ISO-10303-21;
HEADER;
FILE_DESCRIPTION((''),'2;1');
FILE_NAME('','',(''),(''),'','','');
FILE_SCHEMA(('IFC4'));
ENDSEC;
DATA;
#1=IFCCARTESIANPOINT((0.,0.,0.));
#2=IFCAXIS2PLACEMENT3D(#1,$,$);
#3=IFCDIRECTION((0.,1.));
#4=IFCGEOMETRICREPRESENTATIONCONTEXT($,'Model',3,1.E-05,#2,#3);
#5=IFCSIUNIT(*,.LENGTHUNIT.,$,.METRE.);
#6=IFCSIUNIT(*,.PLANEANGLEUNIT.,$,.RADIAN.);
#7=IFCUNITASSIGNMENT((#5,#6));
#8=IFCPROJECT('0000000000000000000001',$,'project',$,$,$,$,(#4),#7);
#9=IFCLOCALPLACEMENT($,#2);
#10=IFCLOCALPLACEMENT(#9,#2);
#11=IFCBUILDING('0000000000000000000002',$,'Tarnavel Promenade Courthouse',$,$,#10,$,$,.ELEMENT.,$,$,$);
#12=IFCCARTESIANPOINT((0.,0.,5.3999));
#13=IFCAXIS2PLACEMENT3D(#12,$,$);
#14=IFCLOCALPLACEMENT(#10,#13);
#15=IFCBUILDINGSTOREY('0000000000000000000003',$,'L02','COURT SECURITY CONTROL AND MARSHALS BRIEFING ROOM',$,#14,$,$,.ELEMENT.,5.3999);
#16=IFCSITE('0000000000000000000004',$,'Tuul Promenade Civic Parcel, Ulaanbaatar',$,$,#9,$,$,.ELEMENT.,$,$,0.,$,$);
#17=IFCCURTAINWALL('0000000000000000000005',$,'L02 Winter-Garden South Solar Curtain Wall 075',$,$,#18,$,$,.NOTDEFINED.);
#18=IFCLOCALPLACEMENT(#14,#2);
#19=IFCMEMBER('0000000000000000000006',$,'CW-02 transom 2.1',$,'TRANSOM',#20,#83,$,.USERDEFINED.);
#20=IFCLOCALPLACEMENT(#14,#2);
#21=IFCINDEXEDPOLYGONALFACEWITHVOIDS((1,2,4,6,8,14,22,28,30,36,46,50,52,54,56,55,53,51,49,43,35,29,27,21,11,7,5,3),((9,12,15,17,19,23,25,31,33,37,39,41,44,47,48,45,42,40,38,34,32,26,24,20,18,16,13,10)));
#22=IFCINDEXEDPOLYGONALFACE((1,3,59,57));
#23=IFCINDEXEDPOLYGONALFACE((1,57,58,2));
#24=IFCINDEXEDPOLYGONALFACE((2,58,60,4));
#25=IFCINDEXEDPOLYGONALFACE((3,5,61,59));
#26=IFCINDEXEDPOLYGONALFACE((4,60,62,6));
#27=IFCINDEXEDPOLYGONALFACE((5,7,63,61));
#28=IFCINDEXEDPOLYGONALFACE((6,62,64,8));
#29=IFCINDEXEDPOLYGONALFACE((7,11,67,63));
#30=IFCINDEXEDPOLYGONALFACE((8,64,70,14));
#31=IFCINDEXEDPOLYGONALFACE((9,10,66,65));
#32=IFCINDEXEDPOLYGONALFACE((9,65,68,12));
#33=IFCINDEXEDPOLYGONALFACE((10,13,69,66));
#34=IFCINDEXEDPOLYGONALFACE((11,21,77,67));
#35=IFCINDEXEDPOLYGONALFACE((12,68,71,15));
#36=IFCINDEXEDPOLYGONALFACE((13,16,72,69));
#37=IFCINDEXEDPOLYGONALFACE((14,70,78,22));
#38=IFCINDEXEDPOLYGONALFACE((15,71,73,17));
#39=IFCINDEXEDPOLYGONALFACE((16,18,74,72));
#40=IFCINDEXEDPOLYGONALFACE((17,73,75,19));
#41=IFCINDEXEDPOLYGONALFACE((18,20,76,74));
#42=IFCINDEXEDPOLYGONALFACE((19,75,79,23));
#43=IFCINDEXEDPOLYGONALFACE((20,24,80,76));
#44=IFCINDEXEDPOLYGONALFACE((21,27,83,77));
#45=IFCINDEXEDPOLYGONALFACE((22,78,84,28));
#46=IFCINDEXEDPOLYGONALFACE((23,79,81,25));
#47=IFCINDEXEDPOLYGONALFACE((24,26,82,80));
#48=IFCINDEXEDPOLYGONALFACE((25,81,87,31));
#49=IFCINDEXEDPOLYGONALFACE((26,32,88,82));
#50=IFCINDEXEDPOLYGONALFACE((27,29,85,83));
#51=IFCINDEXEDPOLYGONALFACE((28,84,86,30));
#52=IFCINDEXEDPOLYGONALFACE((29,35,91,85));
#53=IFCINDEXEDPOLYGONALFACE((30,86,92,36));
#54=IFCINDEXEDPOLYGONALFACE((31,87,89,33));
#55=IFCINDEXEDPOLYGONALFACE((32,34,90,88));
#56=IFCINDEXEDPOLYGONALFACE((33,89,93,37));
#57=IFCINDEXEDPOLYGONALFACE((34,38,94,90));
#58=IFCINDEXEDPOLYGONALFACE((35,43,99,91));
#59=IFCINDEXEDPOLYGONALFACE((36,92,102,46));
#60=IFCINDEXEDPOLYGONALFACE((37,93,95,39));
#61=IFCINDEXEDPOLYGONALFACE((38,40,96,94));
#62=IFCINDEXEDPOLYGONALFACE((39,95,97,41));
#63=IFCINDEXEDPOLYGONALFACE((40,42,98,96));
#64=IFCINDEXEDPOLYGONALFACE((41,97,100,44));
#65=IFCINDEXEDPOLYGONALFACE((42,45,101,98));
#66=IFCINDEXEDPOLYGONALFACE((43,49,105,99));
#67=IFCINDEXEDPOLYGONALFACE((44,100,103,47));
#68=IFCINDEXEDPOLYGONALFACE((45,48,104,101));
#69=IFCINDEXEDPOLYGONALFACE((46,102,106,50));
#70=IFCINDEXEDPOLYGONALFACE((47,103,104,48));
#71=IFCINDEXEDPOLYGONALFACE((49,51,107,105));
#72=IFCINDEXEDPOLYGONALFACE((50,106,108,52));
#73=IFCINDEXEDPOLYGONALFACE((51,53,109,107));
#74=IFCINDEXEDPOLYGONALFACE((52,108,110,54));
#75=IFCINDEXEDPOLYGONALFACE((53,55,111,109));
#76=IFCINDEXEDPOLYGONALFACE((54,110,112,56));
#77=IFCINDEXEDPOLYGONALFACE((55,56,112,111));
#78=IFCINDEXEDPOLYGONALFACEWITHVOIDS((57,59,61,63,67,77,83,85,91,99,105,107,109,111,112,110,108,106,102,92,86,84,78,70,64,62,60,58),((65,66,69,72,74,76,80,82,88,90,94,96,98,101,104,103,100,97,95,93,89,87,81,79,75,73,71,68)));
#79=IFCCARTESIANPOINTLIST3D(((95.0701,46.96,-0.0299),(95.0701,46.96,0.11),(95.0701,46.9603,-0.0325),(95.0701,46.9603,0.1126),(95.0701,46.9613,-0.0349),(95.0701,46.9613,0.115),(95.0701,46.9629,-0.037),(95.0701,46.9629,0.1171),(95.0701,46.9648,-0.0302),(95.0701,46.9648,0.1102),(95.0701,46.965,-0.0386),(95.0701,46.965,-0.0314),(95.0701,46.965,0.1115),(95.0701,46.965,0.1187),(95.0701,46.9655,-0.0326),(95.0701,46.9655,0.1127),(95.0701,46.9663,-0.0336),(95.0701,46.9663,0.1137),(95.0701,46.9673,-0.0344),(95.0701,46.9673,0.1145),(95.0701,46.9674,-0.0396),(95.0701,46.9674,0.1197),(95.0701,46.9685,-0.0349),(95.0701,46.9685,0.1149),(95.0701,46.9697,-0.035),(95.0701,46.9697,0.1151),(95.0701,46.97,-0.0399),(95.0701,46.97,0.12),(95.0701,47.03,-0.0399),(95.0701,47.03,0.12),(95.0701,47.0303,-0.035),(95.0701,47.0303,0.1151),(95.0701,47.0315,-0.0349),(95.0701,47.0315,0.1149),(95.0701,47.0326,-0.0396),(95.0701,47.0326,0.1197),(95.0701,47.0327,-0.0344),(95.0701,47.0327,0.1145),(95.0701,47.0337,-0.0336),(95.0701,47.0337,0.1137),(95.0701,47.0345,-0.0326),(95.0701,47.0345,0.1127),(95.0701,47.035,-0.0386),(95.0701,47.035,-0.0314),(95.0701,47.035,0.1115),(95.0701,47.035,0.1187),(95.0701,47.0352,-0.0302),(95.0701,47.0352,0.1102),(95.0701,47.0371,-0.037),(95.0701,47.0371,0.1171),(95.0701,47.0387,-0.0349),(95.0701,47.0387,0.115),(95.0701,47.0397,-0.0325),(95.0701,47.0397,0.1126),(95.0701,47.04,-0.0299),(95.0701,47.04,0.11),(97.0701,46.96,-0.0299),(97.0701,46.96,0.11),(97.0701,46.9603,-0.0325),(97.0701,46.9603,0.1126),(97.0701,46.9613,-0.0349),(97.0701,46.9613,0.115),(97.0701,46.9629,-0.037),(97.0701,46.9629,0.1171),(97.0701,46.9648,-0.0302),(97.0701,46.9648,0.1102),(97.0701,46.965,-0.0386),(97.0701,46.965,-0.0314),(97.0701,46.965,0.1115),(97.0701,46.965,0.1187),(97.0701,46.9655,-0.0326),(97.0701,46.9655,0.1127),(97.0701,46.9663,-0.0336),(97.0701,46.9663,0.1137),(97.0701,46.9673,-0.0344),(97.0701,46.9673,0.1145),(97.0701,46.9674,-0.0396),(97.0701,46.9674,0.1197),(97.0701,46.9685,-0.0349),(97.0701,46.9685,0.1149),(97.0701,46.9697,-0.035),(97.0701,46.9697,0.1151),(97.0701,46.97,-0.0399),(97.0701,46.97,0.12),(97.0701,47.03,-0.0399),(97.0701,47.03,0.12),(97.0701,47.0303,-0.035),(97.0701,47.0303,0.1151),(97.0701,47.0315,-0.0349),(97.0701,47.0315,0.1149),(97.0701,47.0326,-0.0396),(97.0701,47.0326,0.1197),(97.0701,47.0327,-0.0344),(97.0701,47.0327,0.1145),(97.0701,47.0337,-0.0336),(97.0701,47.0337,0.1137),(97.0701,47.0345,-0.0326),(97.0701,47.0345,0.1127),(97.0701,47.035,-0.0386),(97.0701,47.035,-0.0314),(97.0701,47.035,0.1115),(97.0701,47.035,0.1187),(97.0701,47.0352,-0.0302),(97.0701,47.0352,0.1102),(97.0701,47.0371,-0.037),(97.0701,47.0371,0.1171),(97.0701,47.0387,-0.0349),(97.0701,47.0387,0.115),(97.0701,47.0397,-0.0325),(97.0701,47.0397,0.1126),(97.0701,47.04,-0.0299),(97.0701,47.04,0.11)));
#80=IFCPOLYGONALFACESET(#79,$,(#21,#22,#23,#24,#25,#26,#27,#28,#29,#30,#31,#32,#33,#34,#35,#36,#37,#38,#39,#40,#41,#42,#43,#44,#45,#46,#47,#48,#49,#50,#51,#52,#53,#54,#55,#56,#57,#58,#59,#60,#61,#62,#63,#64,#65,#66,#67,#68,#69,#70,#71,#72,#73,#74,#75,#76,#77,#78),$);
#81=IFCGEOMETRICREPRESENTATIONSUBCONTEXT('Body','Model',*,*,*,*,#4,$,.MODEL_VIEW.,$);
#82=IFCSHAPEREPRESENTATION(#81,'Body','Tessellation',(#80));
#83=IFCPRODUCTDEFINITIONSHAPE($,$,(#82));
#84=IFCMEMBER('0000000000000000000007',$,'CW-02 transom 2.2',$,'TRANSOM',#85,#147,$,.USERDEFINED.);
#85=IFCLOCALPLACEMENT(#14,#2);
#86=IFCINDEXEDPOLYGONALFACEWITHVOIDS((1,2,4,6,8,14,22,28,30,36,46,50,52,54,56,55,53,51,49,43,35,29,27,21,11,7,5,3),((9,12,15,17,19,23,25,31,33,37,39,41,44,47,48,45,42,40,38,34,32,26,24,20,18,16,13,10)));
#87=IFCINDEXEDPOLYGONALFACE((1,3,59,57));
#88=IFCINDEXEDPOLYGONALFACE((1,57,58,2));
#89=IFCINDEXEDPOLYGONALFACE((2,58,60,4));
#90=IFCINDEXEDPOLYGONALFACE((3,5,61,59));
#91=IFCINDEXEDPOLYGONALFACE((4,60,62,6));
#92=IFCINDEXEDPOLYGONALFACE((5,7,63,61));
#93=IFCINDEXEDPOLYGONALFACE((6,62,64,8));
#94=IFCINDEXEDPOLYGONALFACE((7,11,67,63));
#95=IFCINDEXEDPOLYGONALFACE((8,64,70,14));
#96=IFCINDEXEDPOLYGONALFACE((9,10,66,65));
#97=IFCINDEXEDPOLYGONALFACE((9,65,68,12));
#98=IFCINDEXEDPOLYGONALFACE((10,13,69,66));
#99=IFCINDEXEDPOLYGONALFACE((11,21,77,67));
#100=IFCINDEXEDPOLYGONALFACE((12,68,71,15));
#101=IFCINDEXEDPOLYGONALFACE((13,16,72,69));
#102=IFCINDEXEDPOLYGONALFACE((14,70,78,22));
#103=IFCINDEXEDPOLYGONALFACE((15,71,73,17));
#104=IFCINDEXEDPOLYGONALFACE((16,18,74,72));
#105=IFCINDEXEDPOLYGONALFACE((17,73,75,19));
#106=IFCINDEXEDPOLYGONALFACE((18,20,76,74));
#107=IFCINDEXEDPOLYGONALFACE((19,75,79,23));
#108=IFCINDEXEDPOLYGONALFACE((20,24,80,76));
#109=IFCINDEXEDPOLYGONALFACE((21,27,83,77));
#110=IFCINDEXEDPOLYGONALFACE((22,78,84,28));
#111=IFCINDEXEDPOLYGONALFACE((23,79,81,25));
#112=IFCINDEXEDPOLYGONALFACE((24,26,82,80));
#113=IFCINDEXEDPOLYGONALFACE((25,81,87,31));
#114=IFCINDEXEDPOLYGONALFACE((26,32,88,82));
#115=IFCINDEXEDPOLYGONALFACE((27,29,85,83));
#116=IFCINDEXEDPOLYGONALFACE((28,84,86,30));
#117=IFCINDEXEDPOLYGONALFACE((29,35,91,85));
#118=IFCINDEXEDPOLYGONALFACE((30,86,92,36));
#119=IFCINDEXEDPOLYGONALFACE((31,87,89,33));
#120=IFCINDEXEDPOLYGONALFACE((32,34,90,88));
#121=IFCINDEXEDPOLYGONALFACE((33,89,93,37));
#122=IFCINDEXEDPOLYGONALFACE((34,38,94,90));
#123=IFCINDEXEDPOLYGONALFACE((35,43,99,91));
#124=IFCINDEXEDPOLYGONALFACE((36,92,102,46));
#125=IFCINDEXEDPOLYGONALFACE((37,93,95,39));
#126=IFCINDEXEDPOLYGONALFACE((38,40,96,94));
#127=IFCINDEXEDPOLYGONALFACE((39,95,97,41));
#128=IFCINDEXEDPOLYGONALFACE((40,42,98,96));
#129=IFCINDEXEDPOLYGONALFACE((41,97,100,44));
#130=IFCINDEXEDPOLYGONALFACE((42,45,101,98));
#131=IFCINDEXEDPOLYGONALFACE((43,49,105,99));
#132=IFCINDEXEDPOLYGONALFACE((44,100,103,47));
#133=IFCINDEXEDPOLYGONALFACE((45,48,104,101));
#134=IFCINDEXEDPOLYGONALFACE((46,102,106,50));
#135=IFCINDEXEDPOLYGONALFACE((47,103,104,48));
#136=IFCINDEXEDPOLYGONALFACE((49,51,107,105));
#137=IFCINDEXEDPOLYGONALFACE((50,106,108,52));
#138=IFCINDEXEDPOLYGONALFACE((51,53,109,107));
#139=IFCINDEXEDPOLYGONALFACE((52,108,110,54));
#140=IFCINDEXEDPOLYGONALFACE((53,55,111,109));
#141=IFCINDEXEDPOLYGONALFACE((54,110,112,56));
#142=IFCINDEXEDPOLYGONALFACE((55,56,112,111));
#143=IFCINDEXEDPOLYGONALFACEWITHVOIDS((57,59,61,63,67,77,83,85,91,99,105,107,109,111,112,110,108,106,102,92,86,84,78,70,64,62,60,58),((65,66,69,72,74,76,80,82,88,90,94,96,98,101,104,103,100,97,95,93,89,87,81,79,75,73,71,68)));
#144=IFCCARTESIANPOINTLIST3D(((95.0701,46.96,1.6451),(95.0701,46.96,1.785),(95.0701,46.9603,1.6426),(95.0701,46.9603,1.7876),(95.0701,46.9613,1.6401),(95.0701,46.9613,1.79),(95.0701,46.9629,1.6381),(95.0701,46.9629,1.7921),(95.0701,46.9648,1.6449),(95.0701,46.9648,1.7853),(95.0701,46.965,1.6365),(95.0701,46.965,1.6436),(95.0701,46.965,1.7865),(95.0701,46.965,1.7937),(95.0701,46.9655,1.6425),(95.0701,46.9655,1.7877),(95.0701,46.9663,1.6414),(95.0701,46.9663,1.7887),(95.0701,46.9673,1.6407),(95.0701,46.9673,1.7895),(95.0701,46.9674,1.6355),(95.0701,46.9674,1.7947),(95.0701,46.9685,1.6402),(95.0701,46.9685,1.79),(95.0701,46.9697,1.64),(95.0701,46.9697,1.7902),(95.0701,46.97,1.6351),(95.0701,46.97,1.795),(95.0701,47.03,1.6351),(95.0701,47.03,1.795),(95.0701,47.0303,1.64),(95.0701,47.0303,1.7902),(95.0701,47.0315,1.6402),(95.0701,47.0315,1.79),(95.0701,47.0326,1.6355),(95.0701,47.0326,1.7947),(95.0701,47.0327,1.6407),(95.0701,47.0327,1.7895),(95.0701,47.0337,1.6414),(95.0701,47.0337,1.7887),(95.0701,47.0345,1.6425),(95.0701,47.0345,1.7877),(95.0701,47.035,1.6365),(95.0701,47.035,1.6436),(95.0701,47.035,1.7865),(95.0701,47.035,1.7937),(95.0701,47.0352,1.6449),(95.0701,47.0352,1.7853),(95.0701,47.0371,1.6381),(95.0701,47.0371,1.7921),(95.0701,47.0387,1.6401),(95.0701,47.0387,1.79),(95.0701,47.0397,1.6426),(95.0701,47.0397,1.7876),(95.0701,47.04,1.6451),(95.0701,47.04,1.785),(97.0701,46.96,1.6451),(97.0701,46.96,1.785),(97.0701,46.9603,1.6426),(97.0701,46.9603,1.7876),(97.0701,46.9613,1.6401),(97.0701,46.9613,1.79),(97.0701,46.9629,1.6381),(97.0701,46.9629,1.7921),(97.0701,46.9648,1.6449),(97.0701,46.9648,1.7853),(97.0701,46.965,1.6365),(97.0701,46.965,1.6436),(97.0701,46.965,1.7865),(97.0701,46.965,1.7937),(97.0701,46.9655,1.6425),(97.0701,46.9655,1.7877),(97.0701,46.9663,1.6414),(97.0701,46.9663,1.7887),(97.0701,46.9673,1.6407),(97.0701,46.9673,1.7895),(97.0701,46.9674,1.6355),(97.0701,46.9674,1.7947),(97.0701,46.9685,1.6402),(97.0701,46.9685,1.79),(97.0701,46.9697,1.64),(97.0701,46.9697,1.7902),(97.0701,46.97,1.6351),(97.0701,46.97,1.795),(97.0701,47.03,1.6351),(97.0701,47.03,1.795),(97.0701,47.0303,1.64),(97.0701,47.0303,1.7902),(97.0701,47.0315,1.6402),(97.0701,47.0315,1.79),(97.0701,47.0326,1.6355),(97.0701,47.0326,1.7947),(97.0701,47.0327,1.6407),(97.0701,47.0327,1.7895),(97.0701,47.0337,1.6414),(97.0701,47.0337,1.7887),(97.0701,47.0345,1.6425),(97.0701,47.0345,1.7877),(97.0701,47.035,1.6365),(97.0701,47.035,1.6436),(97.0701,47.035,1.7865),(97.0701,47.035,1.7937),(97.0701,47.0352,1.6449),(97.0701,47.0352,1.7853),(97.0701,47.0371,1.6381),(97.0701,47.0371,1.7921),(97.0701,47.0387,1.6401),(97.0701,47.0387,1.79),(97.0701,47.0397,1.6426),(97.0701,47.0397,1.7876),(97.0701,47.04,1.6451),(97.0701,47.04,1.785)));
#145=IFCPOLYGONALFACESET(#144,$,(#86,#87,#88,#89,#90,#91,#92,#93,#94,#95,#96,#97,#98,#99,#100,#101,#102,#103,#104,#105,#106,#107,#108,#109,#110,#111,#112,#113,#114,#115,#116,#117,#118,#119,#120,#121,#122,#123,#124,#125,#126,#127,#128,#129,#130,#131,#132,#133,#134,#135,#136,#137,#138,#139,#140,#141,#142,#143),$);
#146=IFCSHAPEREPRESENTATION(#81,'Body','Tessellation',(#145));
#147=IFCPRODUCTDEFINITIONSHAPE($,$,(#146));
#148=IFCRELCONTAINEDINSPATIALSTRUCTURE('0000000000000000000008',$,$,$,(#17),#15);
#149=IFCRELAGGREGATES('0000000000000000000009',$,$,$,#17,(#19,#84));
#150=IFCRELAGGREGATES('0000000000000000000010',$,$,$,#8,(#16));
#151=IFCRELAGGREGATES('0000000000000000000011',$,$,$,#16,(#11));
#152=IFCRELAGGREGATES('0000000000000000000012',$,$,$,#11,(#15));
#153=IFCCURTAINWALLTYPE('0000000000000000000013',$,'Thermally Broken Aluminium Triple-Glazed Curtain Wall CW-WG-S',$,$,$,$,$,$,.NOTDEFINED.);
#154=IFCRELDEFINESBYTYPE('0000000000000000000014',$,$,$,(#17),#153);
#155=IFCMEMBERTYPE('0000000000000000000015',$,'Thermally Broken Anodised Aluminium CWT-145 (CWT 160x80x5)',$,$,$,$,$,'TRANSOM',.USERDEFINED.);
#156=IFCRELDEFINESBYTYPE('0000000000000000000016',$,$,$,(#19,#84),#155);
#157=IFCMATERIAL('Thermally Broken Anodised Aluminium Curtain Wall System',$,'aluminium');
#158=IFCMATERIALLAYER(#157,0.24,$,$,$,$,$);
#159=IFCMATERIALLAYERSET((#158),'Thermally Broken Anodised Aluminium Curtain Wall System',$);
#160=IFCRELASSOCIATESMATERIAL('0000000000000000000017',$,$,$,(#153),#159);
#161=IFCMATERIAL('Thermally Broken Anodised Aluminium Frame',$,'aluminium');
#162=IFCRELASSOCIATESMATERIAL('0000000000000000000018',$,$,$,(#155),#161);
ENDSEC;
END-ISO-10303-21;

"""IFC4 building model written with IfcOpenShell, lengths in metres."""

from ifc_helpers import new_model, si_unit, direction, frame, origin, origin_2d, place, context, subcontext, project, spatial, hollow_rectangle, extrude, material, layer, layer_set, material_profile, profile_set, type_object, element, aggregate, save


model = new_model("IFC4")

# Units and contexts
model_context = context("Model", 3, precision=1e-05, world=origin(), true_north=direction((0.0, 1.0)))
body_context = subcontext(model_context, "Body", "Model", "MODEL_VIEW")
ifc_project = project(units=[si_unit("LENGTHUNIT", "METRE"), si_unit("PLANEANGLEUNIT", "RADIAN")], contexts=[model_context])

# Site, building, storey
site_placement = place(None, origin())
site = spatial("IfcSite", under=ifc_project, at=site_placement, Name="Tuul Promenade Civic Parcel, Ulaanbaatar", CompositionType="ELEMENT", RefElevation=0.0)
building_placement = place(site_placement, origin())
building = spatial("IfcBuilding", under=site, at=building_placement, Name="Tarnavel Promenade Courthouse", CompositionType="ELEMENT")
storey_placement = place(building_placement, frame((0.0, 0.0, 5.3999)))
storey = spatial("IfcBuildingStorey", under=building, at=storey_placement, Name="L02", Description="COURT SECURITY CONTROL AND MARSHALS BRIEFING ROOM", CompositionType="ELEMENT", Elevation=5.3999)

# Shared definitions
ifc_material_1 = material(Name="Thermally Broken Anodised Aluminium Curtain Wall System", Category="aluminium")
ifc_layer_1 = layer(ifc_material_1, 0.24)
ifc_layer_set_1 = layer_set([ifc_layer_1], Name="Thermally Broken Anodised Aluminium Curtain Wall System")
curtain_wall_type = type_object("IfcCurtainWallType", Name="Thermally Broken Aluminium Triple-Glazed Curtain Wall CW-WG-S", PredefinedType="NOTDEFINED", material=ifc_layer_set_1)
ifc_material_2 = material(Name="Thermally Broken Anodised Aluminium Frame", Category="aluminium")

# Curtain wall
curtain_wall_1_placement = place(storey_placement, origin())
curtain_wall_1 = element("IfcCurtainWall", 1, at=curtain_wall_1_placement, inside=storey, type_object=curtain_wall_type, Name="L02 Winter-Garden South Solar Curtain Wall 075", PredefinedType="NOTDEFINED")

# Members
ifc_material_profile_1 = material_profile(ifc_material_2, hollow_rectangle(XDim=0.0801, YDim=0.1599, WallThickness=0.0049, InnerFilletRadius=0.0049, OuterFilletRadius=0.01, at=origin_2d()), Name="CWT 160x80x5")
ifc_profile_set_1 = profile_set([ifc_material_profile_1], Name="Thermally Broken Anodised Aluminium Frame")
member_type_1 = type_object("IfcMemberType", Name="Thermally Broken Anodised Aluminium CWT-145 (CWT 160x80x5)", ElementType="TRANSOM", PredefinedType="USERDEFINED", material=ifc_profile_set_1)
member_1_placement = place(storey_placement, frame((95.0701, 47.0, 0.04), z_axis=(1.0, 0.0, 0.0), x_axis=(0.0, 1.0, 0.0)))
member_1 = element("IfcMember", 2, at=member_1_placement, type_object=member_type_1, Name="CW-02 transom 2.1", ObjectType="TRANSOM", PredefinedType="USERDEFINED", context=body_context, shape_type="SweptSolid", body=[
    extrude(hollow_rectangle(XDim=0.0801, YDim=0.1599, WallThickness=0.0049, InnerFilletRadius=0.0049, OuterFilletRadius=0.01, at=origin_2d()), origin(), (0.0, 0.0, 1.0), 2.0),
])
member_2_placement = place(storey_placement, frame((95.0701, 47.0, 1.7151), z_axis=(1.0, 0.0, 0.0), x_axis=(0.0, 1.0, 0.0)))
member_2 = element("IfcMember", 3, at=member_2_placement, type_object=member_type_1, Name="CW-02 transom 2.2", ObjectType="TRANSOM", PredefinedType="USERDEFINED", context=body_context, shape_type="SweptSolid", body=[
    extrude(hollow_rectangle(XDim=0.0801, YDim=0.1599, WallThickness=0.0049, InnerFilletRadius=0.0049, OuterFilletRadius=0.01, at=origin_2d()), origin(), (0.0, 0.0, 1.0), 2.0),
])

aggregate(curtain_wall_1, [member_1, member_2])

save(model, "model.ifc")
